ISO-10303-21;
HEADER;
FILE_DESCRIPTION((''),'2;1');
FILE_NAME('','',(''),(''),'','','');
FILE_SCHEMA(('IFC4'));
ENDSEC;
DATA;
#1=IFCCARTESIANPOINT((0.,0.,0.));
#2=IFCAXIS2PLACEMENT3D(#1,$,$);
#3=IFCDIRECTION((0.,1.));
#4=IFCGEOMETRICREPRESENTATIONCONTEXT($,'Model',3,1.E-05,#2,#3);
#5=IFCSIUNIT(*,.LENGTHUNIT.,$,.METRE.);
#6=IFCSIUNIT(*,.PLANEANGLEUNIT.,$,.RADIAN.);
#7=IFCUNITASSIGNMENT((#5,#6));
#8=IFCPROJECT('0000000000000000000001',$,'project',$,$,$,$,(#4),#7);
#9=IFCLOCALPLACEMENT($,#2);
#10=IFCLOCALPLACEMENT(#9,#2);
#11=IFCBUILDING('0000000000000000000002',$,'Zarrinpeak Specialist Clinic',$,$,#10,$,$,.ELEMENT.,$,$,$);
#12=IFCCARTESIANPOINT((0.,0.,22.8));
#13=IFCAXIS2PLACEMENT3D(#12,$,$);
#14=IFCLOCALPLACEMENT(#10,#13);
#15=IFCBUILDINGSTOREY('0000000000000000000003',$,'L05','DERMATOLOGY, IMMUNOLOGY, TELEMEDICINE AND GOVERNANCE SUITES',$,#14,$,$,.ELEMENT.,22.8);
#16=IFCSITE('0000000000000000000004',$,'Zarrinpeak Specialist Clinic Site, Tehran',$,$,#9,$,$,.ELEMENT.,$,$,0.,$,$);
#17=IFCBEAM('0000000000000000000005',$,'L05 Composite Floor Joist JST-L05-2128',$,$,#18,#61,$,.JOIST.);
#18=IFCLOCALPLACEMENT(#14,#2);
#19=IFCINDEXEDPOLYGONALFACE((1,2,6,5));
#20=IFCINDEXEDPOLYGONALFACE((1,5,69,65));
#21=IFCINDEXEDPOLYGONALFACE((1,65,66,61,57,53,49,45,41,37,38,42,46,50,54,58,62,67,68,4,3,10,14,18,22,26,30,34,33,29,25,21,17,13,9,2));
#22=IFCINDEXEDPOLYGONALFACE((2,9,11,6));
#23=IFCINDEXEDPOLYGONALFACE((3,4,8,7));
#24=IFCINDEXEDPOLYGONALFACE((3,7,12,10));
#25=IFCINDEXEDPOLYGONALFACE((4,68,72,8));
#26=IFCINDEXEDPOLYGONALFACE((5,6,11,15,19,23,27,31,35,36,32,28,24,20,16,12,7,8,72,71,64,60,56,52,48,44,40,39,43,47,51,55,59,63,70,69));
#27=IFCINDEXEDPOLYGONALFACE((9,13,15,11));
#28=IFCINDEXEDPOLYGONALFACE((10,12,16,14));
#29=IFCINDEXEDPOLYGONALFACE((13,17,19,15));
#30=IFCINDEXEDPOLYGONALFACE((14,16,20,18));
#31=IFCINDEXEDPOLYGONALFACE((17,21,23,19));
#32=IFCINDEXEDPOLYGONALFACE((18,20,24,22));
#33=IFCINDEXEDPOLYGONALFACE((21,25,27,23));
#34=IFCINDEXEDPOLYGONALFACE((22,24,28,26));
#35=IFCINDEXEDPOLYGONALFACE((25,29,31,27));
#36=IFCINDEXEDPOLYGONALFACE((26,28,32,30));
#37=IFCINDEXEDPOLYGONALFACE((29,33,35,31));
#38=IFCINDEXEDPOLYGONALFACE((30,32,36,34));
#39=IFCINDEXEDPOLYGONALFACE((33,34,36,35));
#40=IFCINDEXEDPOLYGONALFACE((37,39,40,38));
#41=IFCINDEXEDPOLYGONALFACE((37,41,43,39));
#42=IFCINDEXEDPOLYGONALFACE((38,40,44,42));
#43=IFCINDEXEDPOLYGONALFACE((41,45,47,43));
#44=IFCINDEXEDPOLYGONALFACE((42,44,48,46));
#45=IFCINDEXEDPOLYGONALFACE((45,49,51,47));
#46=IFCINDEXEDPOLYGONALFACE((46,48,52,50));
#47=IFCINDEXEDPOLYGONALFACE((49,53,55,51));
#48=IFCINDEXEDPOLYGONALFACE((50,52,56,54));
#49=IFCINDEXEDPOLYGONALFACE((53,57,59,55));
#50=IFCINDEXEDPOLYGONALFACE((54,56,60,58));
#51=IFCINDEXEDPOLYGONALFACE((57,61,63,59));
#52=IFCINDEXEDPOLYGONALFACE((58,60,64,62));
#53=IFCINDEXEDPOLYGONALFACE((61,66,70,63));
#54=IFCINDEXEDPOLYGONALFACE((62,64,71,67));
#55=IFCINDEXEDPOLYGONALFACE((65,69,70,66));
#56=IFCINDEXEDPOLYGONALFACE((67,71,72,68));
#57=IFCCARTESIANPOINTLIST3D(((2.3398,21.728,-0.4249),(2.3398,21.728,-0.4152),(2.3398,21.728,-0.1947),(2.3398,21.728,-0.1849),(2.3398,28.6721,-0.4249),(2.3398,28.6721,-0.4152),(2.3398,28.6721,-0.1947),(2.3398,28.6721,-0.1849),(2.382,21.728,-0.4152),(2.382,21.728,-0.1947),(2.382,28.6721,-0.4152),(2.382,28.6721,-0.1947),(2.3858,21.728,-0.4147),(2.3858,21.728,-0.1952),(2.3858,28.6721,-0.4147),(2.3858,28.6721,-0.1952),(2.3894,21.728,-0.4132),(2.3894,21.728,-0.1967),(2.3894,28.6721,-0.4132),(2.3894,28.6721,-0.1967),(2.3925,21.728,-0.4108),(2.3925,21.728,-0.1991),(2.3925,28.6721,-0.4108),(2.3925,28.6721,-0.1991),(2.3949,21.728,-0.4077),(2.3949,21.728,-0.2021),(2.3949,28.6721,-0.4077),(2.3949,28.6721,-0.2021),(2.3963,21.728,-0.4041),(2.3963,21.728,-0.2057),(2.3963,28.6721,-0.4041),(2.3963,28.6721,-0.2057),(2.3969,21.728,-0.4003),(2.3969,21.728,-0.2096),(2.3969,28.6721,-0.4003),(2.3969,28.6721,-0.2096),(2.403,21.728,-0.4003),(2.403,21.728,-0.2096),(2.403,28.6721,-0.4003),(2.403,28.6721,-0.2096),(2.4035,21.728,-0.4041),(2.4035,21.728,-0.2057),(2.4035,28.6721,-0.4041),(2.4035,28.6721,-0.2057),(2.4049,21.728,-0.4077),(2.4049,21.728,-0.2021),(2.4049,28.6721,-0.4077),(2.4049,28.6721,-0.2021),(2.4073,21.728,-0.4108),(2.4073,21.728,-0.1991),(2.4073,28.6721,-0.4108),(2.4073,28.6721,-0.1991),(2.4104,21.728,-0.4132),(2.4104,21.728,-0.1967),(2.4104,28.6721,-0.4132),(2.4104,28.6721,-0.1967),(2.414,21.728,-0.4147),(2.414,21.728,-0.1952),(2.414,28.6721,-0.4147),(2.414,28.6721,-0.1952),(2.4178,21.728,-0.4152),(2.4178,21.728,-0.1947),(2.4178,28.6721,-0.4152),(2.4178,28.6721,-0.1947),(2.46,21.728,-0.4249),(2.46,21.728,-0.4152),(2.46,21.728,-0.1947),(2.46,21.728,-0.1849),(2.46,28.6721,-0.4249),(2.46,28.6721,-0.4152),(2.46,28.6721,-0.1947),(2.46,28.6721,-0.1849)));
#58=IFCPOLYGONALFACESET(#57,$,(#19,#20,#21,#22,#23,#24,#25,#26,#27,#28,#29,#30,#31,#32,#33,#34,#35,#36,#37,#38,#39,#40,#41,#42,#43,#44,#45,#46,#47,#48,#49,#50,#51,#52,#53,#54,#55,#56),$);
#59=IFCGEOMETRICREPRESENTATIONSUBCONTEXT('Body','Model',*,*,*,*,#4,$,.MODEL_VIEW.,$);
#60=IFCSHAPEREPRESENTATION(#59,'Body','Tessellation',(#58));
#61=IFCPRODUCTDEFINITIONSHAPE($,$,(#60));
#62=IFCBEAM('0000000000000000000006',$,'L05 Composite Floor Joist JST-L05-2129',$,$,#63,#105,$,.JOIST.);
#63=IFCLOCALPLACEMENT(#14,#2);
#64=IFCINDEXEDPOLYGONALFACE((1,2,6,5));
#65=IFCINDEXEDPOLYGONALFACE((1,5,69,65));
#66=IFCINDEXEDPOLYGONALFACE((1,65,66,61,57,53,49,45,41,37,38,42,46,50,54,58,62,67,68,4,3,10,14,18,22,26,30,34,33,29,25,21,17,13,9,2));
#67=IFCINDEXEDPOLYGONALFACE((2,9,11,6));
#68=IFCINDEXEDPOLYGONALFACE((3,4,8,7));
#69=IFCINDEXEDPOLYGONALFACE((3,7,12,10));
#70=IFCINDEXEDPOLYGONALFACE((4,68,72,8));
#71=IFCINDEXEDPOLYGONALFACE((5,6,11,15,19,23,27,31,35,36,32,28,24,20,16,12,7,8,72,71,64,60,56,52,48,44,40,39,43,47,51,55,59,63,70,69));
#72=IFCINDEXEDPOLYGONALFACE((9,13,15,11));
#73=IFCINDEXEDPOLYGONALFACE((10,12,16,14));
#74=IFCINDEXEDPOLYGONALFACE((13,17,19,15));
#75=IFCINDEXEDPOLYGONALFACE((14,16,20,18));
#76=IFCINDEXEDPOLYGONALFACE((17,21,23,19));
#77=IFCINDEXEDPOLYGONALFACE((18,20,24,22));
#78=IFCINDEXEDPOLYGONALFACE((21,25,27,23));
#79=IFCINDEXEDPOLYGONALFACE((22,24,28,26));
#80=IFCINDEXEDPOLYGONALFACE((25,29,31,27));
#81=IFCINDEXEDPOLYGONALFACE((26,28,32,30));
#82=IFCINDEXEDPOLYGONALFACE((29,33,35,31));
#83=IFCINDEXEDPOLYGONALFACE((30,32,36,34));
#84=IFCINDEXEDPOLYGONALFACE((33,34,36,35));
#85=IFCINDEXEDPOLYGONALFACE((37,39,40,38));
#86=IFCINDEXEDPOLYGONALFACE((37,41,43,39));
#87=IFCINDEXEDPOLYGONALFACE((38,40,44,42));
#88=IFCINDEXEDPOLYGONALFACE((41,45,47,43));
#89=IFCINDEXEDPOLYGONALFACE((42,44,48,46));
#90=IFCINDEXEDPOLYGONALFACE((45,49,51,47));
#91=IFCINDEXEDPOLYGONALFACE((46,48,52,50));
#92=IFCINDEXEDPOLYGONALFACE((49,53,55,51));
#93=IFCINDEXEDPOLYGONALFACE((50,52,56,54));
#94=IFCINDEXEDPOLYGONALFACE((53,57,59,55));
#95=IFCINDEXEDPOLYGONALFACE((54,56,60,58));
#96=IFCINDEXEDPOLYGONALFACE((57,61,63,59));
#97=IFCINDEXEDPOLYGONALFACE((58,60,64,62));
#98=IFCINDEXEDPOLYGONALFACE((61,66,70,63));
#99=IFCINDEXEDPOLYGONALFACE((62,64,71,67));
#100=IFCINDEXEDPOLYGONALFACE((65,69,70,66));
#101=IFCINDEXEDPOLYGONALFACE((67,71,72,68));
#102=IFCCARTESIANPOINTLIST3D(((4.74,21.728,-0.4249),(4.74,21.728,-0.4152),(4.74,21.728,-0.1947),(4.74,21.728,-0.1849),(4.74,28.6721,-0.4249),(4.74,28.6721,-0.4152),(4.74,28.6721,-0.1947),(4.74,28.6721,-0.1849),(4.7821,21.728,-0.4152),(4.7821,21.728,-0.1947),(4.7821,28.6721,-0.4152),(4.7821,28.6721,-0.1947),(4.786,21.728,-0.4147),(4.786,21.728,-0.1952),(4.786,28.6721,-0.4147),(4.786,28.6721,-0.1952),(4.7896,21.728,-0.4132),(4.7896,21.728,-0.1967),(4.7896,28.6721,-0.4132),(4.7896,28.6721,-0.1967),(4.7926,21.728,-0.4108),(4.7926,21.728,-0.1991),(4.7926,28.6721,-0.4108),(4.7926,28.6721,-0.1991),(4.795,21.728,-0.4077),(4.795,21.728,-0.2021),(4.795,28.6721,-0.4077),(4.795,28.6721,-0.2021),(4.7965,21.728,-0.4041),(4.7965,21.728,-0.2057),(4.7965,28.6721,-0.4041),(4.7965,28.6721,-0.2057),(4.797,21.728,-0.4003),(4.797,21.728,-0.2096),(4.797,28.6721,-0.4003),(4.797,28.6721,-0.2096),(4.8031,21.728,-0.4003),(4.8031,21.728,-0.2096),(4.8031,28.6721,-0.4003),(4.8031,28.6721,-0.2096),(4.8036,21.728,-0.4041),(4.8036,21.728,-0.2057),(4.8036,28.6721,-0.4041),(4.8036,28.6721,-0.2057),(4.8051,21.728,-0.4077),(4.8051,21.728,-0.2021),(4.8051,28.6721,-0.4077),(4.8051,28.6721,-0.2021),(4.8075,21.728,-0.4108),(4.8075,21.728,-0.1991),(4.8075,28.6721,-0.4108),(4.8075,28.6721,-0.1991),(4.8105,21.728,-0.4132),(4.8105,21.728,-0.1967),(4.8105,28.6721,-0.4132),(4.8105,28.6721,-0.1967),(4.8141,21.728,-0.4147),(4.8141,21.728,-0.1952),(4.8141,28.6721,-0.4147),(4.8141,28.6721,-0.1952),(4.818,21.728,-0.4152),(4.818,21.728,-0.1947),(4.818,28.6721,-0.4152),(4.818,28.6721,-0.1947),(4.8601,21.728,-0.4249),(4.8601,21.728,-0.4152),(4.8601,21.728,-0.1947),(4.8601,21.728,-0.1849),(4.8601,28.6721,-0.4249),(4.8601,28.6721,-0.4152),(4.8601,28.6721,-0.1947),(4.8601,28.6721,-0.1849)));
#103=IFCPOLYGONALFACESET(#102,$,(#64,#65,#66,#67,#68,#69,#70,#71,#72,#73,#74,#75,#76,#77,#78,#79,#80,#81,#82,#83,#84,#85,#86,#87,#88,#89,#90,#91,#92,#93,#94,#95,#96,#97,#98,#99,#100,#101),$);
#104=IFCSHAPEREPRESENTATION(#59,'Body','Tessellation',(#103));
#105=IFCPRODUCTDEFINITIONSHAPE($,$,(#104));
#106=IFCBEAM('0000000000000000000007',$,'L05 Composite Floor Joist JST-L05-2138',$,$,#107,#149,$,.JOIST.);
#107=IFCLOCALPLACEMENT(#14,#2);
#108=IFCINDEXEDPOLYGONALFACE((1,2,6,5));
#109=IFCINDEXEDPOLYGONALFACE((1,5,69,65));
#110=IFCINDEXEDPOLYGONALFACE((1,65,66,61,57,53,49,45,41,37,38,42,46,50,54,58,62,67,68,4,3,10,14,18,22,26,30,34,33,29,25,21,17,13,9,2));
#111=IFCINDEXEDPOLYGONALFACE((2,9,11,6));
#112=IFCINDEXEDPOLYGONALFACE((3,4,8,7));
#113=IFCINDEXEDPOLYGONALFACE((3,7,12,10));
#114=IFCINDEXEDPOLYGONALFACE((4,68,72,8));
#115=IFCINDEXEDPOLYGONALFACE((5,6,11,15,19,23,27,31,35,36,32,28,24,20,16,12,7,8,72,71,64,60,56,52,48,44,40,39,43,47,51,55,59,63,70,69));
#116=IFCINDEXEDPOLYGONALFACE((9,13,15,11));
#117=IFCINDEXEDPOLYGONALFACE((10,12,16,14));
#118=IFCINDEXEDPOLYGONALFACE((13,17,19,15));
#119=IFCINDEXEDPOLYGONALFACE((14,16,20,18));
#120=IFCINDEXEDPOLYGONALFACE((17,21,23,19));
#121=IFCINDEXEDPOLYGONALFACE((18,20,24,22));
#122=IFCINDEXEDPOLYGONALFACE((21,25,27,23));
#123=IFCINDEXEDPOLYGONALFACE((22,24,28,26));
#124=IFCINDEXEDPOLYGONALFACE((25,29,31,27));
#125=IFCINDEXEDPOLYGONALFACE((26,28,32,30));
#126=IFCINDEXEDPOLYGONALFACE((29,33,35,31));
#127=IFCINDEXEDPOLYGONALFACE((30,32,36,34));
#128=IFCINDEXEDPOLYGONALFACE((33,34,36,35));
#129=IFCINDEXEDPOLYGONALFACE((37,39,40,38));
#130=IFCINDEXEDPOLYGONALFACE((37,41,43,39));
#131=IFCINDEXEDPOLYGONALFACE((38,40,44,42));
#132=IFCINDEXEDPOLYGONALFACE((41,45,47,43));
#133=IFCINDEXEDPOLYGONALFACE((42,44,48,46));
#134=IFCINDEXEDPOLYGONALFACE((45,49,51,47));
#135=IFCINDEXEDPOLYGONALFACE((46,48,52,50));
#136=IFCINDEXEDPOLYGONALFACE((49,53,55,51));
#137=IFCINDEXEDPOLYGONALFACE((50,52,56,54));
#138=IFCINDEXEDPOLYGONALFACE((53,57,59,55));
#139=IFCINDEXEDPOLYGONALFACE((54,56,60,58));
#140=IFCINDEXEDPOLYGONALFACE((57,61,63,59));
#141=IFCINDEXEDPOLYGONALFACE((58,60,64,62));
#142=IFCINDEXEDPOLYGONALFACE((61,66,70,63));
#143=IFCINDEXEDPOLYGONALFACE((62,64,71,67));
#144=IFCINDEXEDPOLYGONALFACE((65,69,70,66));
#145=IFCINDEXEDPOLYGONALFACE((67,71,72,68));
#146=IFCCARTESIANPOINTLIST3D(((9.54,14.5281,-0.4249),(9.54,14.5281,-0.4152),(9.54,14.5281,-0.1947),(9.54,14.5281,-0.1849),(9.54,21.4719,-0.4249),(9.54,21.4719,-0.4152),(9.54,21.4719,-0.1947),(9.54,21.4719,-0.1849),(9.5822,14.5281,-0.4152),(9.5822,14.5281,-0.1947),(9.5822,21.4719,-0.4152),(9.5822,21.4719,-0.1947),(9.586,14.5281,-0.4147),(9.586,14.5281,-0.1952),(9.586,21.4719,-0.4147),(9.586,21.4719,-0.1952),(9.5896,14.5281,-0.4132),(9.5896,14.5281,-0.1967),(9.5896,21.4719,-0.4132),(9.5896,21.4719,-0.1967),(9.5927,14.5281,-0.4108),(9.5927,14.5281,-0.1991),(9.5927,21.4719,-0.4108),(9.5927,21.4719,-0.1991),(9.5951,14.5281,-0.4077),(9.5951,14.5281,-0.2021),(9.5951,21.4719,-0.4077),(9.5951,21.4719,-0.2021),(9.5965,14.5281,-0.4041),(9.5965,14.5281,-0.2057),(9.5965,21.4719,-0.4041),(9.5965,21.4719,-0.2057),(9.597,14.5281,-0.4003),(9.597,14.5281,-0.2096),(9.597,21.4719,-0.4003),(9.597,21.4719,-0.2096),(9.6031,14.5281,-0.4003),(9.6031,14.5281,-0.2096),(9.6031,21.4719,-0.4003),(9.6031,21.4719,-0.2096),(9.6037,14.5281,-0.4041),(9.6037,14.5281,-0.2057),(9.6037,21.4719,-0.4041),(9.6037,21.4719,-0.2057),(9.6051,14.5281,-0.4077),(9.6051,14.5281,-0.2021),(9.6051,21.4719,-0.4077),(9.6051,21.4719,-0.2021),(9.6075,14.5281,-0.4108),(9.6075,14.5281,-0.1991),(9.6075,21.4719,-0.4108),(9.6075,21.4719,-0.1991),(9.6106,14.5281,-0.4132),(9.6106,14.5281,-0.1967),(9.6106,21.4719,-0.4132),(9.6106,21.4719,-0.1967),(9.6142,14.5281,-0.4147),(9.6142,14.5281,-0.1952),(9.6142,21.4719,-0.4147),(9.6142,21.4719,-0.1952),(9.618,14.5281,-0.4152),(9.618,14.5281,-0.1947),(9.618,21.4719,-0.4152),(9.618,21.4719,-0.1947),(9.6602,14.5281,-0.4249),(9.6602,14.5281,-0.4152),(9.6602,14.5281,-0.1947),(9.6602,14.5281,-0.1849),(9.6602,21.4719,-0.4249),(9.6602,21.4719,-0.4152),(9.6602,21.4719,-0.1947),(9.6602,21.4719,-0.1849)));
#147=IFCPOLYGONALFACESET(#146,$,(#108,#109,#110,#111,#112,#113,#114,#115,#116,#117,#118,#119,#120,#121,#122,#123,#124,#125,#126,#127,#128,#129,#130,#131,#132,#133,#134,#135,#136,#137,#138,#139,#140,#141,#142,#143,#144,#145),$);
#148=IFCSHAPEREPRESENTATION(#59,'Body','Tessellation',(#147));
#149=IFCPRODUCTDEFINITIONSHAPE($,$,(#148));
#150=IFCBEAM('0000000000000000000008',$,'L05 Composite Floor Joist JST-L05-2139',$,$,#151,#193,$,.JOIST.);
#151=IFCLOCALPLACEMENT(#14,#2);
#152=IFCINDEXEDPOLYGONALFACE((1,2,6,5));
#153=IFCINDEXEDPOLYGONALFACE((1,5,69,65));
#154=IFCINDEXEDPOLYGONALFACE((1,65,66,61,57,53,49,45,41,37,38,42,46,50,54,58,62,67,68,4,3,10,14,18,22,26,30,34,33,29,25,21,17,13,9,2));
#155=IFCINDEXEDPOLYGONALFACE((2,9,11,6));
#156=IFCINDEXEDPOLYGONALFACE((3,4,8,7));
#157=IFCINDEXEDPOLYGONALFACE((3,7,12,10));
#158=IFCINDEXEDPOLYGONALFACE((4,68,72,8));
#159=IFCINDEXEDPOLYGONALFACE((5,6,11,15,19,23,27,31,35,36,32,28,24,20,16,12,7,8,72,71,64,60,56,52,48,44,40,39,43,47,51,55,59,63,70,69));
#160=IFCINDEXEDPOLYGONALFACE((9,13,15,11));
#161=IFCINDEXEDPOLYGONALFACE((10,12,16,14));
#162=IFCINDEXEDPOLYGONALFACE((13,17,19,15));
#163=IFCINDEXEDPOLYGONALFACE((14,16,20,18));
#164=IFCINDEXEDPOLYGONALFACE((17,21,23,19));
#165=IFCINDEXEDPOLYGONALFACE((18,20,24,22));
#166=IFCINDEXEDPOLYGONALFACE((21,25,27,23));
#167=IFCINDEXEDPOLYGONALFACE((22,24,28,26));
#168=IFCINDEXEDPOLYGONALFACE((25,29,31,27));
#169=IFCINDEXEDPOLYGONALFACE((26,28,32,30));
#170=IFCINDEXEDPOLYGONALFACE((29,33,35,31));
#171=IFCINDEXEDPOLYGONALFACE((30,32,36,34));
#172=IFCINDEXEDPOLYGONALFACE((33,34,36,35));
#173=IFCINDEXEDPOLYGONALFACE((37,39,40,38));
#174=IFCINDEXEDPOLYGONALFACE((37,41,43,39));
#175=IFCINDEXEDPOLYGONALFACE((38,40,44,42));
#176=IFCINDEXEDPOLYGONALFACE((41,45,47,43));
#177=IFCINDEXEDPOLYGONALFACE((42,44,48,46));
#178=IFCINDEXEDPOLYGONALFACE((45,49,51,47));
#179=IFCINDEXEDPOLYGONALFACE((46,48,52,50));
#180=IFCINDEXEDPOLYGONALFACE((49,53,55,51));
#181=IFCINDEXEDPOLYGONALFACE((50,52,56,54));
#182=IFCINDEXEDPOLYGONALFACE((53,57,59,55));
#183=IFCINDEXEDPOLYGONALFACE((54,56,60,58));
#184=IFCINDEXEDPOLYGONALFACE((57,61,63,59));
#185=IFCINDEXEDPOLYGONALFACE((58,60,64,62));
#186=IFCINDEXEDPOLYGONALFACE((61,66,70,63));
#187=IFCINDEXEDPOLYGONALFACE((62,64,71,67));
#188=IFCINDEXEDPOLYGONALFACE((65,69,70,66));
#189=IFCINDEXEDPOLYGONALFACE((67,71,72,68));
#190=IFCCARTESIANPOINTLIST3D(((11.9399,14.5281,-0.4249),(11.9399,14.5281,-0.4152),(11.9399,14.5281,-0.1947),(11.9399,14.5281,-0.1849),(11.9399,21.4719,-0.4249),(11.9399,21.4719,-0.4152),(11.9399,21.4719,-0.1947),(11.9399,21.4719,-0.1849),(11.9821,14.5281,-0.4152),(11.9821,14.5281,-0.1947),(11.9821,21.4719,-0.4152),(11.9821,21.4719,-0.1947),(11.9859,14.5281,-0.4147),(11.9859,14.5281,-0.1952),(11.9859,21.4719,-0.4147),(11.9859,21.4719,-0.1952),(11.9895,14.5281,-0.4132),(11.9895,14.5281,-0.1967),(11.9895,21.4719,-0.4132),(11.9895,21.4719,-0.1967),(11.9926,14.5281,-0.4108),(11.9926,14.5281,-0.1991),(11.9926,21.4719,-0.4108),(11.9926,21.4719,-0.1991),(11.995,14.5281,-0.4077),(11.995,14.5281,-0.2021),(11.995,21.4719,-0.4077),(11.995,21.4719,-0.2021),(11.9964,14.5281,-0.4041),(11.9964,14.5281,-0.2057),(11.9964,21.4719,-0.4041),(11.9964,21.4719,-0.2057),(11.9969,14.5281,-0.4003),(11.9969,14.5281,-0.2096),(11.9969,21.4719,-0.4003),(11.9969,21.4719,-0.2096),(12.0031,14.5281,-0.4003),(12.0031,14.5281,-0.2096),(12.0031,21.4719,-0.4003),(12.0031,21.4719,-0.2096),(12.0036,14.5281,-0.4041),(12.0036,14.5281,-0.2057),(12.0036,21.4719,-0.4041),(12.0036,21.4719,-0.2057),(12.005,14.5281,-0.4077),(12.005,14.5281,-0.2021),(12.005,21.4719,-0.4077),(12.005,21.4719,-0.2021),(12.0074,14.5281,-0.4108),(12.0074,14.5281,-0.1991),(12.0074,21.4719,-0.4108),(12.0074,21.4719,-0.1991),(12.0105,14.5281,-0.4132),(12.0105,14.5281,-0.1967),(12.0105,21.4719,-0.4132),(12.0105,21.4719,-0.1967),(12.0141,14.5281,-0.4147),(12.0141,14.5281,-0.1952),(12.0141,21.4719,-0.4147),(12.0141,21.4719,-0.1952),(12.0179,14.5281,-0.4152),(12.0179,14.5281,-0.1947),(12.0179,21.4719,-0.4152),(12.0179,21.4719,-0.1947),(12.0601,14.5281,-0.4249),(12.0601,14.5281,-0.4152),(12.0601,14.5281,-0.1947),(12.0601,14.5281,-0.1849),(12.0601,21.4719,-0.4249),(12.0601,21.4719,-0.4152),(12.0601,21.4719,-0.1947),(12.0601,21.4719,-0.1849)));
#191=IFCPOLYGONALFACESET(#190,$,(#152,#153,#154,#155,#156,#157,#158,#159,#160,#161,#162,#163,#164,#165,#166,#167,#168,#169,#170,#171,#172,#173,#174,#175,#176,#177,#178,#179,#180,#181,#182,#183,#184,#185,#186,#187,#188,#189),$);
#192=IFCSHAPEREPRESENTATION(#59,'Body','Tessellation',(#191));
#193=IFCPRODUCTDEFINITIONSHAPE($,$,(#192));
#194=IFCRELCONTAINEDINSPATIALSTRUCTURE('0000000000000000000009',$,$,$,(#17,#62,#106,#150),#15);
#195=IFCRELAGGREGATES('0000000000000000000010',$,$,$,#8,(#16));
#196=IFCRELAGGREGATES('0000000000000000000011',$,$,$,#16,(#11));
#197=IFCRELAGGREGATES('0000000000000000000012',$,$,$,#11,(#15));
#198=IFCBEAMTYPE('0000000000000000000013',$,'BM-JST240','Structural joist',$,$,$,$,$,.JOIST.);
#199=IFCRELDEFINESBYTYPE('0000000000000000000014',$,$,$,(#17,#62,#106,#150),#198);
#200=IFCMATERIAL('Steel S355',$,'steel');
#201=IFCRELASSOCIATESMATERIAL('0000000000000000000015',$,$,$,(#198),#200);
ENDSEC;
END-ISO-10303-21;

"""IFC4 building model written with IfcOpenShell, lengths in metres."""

from ifc_helpers import new_model, si_unit, direction, frame, origin, origin_2d, place, context, subcontext, project, spatial, i_section, extrude, material, material_profile, profile_set, type_object, element, save


model = new_model("IFC4")

# Units and contexts
model_context = context("Model", 3, precision=1e-05, world=origin(), true_north=direction((0.0, 1.0)))
body_context = subcontext(model_context, "Body", "Model", "MODEL_VIEW")
ifc_project = project(units=[si_unit("LENGTHUNIT", "METRE"), si_unit("PLANEANGLEUNIT", "RADIAN")], contexts=[model_context])

# Site, building, storey
site_placement = place(None, origin())
site = spatial("IfcSite", under=ifc_project, at=site_placement, Name="Zarrinpeak Specialist Clinic Site, Tehran", CompositionType="ELEMENT", RefElevation=0.0)
building_placement = place(site_placement, origin())
building = spatial("IfcBuilding", under=site, at=building_placement, Name="Zarrinpeak Specialist Clinic", CompositionType="ELEMENT")
storey_placement = place(building_placement, frame((0.0, 0.0, 22.8)))
storey = spatial("IfcBuildingStorey", under=building, at=storey_placement, Name="L05", Description="DERMATOLOGY, IMMUNOLOGY, TELEMEDICINE AND GOVERNANCE SUITES", CompositionType="ELEMENT", Elevation=22.8)

# Shared definitions
ifc_material_1 = material(Name="Steel S355", Category="steel")

# Beams
ifc_material_profile_1 = material_profile(ifc_material_1, i_section(OverallWidth=0.1201, OverallDepth=0.24, WebThickness=0.0061, FlangeThickness=0.0098, FilletRadius=0.0149, at=origin_2d()), Name="IPE 240")
ifc_profile_set_1 = profile_set([ifc_material_profile_1], Name="Steel S355")
beam_type_1 = type_object("IfcBeamType", Name="BM-JST240", Description="Structural joist", PredefinedType="JOIST", material=ifc_profile_set_1)
for number, where, z_axis, x_axis, name in (
    (1, (2.3999, 21.728, -0.3049), (0.0, 1.0, 0.0), (-1.0, 0.0, 0.0), "L05 Composite Floor Joist JST-L05-2128"),
    (2, (4.8, 21.728, -0.3049), (0.0, 1.0, 0.0), (-1.0, 0.0, 0.0), "L05 Composite Floor Joist JST-L05-2129"),
):
    element("IfcBeam", number, at=place(storey_placement, frame(where, z_axis=z_axis, x_axis=x_axis)), inside=storey, type_object=beam_type_1, Name=name, PredefinedType="JOIST", context=body_context, shape_type="SweptSolid", body=[
        extrude(i_section(OverallWidth=0.1201, OverallDepth=0.24, WebThickness=0.0061, FlangeThickness=0.0098, FilletRadius=0.0149, at=origin_2d()), origin(), (0.0, 0.0, 1.0), 6.9441),
    ])
for number, where, z_axis, x_axis, name in (
    (3, (9.6001, 14.5281, -0.3049), (0.0, 1.0, 0.0), (-1.0, 0.0, 0.0), "L05 Composite Floor Joist JST-L05-2138"),
    (4, (12.0, 14.5281, -0.3049), (0.0, 1.0, 0.0), (-1.0, 0.0, 0.0), "L05 Composite Floor Joist JST-L05-2139"),
):
    element("IfcBeam", number, at=place(storey_placement, frame(where, z_axis=z_axis, x_axis=x_axis)), inside=storey, type_object=beam_type_1, Name=name, PredefinedType="JOIST", context=body_context, shape_type="SweptSolid", body=[
        extrude(i_section(OverallWidth=0.1201, OverallDepth=0.24, WebThickness=0.0061, FlangeThickness=0.0098, FilletRadius=0.0149, at=origin_2d()), origin(), (0.0, 0.0, 1.0), 6.9438),
    ])

save(model, "model.ifc")
